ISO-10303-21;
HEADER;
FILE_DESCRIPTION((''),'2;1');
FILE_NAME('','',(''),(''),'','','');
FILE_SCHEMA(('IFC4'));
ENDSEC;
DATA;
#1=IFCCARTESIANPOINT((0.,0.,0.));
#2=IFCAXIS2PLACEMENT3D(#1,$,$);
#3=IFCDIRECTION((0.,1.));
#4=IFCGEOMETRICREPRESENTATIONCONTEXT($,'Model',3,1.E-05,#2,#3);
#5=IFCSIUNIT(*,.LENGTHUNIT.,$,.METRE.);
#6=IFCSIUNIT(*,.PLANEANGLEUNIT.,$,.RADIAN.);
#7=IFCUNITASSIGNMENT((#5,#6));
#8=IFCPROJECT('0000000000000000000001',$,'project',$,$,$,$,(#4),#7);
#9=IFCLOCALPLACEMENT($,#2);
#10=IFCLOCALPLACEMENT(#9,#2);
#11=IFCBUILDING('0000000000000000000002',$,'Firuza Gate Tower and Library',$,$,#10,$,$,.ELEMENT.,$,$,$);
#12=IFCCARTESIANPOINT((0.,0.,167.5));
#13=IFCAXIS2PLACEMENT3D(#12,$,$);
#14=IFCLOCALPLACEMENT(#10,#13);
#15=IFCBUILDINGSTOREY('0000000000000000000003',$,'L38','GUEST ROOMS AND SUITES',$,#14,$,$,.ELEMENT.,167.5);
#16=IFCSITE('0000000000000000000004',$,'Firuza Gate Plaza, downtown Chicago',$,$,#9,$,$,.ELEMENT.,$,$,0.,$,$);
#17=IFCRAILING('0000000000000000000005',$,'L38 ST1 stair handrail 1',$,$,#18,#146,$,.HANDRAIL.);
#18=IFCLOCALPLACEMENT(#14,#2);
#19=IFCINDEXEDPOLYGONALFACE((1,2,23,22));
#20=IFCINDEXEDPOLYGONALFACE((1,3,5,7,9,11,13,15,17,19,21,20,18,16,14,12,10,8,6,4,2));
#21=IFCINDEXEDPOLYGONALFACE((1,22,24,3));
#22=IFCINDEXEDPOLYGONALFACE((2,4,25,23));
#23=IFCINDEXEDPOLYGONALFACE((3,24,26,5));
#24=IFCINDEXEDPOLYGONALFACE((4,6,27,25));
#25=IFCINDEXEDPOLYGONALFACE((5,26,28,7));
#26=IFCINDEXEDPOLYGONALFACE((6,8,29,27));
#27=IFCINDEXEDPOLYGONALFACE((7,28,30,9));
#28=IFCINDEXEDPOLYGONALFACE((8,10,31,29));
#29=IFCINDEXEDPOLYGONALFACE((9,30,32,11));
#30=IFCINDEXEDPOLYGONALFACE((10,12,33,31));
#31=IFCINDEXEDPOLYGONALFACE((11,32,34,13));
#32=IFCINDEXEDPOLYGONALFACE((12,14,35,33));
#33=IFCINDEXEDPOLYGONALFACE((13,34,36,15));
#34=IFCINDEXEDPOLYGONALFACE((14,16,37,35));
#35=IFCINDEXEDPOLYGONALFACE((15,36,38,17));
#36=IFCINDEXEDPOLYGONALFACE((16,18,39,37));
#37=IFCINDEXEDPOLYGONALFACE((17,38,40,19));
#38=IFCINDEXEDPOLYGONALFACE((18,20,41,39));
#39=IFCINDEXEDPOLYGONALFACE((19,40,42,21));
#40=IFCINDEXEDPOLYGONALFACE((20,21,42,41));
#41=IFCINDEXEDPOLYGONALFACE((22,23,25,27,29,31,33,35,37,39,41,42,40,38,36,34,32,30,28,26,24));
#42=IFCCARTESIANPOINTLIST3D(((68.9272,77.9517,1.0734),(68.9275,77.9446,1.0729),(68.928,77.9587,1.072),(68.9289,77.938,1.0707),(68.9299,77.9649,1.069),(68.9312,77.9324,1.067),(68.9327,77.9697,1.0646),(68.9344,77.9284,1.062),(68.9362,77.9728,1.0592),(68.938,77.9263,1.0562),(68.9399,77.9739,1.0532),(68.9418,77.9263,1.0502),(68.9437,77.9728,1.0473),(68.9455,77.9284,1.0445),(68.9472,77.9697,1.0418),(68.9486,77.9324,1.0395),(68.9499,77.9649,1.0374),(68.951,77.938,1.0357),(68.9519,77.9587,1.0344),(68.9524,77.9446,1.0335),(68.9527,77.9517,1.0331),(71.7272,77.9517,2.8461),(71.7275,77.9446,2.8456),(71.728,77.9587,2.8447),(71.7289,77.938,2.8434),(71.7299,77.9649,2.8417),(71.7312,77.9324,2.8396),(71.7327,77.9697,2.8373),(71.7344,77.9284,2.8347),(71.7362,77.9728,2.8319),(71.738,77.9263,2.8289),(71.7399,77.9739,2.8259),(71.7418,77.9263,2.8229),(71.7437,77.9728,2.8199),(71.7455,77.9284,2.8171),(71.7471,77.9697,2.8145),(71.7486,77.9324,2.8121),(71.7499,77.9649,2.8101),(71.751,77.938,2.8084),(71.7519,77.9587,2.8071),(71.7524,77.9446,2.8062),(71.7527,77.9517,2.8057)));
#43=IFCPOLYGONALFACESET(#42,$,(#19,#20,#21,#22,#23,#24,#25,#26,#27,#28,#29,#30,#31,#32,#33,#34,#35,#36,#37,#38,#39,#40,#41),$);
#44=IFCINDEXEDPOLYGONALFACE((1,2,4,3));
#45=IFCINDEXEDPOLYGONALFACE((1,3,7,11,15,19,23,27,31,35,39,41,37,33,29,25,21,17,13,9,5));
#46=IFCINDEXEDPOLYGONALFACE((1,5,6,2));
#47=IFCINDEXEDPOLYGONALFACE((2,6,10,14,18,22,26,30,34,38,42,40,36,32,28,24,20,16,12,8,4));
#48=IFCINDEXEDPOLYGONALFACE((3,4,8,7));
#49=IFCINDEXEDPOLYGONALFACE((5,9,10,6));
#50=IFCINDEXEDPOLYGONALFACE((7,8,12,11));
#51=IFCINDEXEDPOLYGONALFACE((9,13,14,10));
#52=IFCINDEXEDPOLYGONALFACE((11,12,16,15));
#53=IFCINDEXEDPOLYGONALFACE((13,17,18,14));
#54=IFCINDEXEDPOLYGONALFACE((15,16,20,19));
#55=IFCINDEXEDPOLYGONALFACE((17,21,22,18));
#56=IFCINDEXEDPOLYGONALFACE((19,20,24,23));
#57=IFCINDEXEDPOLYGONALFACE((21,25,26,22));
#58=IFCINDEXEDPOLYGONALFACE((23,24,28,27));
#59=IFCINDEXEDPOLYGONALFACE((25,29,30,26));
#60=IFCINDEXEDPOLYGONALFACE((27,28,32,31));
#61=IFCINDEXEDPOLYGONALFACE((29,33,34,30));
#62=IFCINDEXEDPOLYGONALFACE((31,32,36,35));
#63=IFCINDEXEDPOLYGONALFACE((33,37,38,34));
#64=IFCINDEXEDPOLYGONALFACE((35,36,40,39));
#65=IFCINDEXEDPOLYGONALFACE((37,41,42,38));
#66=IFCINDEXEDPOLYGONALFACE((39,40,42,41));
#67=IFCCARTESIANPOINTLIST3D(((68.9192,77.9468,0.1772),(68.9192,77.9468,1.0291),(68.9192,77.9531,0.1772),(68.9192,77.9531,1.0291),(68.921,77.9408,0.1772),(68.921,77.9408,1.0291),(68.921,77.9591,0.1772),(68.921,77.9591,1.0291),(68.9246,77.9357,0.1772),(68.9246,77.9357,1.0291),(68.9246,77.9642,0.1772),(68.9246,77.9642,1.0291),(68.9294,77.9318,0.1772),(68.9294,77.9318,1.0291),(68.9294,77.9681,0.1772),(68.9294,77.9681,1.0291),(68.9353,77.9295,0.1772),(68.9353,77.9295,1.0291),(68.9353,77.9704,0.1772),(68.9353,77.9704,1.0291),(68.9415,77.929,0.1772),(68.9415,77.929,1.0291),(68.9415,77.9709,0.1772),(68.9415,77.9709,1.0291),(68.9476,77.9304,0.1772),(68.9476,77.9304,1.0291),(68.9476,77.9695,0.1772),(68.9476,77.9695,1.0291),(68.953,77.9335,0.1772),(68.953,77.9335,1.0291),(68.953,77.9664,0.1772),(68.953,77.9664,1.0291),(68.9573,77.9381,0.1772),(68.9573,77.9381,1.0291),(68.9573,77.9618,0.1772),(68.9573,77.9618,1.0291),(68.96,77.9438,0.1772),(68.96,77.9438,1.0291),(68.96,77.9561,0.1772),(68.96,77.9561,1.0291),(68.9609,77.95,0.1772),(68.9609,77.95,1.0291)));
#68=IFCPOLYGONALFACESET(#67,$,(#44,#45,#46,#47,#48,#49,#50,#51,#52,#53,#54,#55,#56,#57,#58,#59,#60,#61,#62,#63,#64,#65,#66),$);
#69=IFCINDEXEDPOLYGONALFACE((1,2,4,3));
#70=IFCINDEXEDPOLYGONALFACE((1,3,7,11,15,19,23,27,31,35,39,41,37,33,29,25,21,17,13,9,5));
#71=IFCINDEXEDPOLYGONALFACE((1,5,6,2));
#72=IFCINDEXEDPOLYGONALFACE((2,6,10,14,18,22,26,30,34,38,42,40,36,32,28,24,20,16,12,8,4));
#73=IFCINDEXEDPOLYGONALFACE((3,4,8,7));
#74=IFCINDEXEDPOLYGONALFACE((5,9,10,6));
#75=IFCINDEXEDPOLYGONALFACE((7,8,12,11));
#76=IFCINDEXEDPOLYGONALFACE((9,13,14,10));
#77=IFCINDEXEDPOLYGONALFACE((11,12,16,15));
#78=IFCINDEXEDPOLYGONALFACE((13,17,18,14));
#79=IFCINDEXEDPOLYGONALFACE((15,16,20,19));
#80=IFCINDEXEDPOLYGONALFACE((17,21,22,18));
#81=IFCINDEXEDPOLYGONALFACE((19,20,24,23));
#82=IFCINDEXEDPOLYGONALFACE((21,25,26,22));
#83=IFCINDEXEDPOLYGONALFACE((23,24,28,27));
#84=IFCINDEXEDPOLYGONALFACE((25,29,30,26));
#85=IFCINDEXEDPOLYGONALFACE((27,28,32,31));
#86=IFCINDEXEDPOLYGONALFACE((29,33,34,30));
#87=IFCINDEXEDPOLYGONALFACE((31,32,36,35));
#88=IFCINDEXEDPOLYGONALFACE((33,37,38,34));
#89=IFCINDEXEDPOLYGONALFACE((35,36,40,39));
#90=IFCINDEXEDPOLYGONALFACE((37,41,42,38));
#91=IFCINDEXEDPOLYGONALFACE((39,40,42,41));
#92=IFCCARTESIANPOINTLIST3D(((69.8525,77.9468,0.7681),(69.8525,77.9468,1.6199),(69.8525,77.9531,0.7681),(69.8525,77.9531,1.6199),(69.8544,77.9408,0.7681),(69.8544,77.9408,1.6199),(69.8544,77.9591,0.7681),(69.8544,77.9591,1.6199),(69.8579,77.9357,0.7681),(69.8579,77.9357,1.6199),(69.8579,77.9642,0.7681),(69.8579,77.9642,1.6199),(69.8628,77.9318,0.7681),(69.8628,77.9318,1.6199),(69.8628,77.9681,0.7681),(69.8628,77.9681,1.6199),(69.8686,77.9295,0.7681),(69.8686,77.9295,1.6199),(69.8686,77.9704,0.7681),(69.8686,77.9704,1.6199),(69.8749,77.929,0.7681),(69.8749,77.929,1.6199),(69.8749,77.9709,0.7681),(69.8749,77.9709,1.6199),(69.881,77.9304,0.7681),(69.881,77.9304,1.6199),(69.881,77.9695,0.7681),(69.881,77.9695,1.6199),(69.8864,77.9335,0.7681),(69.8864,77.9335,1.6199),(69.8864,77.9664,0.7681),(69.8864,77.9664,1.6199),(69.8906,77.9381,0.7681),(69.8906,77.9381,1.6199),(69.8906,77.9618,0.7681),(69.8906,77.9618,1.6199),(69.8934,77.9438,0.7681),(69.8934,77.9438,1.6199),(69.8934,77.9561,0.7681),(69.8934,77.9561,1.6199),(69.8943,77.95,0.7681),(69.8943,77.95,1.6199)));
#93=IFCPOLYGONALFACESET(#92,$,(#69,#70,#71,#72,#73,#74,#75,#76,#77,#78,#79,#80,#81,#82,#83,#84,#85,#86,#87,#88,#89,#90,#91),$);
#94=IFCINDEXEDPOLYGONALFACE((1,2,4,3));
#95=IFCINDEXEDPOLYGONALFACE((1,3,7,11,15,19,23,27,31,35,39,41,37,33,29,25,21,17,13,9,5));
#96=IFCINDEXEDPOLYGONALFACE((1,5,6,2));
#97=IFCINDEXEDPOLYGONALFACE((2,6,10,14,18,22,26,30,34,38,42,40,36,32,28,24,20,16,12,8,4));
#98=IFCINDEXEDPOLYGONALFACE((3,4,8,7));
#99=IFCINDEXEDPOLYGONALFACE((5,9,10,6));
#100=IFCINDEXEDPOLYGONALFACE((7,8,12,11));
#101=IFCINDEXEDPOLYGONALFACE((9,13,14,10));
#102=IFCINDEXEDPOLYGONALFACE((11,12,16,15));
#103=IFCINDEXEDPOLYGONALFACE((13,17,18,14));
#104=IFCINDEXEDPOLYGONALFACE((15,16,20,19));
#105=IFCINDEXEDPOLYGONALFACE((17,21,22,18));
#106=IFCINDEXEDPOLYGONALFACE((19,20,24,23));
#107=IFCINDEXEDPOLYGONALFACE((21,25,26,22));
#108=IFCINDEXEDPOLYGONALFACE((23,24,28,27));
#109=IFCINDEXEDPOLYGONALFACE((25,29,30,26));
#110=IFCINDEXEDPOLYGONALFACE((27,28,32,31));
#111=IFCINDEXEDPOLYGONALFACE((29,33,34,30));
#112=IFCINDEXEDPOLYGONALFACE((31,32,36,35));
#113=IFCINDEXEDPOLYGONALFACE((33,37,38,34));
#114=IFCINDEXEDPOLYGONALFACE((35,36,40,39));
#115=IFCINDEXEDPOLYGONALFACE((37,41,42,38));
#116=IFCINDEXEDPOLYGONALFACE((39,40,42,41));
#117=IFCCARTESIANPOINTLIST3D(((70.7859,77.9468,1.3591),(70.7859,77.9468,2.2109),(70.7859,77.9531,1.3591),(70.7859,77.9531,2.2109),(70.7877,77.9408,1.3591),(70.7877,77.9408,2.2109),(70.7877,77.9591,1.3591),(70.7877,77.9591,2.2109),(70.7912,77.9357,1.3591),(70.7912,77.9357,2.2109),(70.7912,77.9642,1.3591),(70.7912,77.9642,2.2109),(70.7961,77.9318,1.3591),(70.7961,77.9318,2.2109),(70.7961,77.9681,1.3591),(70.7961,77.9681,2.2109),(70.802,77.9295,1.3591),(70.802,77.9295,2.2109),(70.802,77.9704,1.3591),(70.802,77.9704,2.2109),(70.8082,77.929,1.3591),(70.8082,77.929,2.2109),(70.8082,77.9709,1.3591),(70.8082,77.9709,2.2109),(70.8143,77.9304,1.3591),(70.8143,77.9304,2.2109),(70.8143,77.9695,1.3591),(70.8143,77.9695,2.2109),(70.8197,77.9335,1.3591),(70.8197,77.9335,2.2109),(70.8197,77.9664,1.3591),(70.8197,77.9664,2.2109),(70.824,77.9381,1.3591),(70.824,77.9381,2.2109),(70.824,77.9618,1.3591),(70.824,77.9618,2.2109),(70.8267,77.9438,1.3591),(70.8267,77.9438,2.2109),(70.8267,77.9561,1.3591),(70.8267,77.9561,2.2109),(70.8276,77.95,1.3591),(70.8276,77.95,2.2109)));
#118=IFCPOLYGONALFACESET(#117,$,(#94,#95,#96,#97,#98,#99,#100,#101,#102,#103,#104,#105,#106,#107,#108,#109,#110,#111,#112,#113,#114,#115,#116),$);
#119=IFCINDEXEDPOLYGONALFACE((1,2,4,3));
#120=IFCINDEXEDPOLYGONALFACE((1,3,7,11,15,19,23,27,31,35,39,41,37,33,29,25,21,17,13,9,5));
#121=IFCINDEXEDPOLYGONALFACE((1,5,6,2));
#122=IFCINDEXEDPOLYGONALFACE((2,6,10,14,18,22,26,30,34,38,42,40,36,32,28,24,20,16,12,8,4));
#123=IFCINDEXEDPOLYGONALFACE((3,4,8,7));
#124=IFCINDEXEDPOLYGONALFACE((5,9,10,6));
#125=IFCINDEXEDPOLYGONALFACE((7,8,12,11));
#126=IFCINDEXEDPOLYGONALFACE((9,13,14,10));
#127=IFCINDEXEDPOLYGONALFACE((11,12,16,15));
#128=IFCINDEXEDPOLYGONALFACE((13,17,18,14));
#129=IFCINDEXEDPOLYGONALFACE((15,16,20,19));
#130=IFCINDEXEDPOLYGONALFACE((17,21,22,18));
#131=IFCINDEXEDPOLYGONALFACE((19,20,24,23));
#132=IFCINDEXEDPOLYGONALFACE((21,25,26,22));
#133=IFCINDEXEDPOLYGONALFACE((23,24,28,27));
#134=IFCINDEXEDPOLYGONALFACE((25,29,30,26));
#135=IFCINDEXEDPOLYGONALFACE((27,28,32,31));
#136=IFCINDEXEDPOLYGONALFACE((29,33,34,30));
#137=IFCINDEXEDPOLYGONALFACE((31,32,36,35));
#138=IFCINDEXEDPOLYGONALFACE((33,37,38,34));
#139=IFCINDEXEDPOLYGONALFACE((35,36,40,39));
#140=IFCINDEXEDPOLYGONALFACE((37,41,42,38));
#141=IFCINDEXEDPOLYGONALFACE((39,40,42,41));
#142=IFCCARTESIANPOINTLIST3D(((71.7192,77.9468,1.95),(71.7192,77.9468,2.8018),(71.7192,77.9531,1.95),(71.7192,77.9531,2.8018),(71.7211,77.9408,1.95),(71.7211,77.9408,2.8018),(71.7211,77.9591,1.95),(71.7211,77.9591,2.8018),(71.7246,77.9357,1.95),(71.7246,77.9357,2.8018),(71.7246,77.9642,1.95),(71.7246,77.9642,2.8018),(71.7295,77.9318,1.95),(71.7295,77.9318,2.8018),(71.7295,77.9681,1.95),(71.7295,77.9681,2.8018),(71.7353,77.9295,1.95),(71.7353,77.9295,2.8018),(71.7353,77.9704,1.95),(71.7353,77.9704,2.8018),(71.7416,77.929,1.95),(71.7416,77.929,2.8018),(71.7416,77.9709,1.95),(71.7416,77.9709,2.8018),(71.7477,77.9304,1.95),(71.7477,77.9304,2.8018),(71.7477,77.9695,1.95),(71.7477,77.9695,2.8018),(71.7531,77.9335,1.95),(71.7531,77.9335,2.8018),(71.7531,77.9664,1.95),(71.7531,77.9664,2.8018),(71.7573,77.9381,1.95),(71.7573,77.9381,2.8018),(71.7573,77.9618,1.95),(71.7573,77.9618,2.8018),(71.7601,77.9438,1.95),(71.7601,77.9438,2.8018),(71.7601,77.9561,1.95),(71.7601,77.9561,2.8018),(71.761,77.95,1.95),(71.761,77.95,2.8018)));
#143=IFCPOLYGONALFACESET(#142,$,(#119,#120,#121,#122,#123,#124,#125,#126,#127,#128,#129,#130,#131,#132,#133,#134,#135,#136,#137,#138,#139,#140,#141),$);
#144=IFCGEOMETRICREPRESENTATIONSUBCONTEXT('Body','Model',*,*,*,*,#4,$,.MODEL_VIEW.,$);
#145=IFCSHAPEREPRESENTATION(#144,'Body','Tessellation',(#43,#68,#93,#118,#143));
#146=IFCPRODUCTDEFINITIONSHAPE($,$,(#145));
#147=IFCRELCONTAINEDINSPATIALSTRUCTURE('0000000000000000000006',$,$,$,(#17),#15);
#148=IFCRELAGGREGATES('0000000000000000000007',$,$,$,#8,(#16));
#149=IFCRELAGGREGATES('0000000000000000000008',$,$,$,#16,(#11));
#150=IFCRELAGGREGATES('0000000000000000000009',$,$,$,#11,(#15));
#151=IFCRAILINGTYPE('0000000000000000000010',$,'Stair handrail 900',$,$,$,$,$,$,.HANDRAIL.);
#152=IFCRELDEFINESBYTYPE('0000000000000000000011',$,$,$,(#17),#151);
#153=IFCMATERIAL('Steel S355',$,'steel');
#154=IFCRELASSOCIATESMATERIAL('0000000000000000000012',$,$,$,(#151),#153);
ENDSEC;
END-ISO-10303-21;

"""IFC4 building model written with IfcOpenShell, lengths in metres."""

from ifc_helpers import new_model, si_unit, direction, frame, origin, origin_2d, place, context, subcontext, project, spatial, circle, extrude, material, type_object, element, save


model = new_model("IFC4")

# Units and contexts
model_context = context("Model", 3, precision=1e-05, world=origin(), true_north=direction((0.0, 1.0)))
body_context = subcontext(model_context, "Body", "Model", "MODEL_VIEW")
ifc_project = project(units=[si_unit("LENGTHUNIT", "METRE"), si_unit("PLANEANGLEUNIT", "RADIAN")], contexts=[model_context])

# Site, building, storey
site_placement = place(None, origin())
site = spatial("IfcSite", under=ifc_project, at=site_placement, Name="Firuza Gate Plaza, downtown Chicago", CompositionType="ELEMENT", RefElevation=0.0)
building_placement = place(site_placement, origin())
building = spatial("IfcBuilding", under=site, at=building_placement, Name="Firuza Gate Tower and Library", CompositionType="ELEMENT")
storey_placement = place(building_placement, frame((0.0, 0.0, 167.5)))
storey = spatial("IfcBuildingStorey", under=building, at=storey_placement, Name="L38", Description="GUEST ROOMS AND SUITES", CompositionType="ELEMENT", Elevation=167.5)

# Railing
ifc_material_1 = material(Name="Steel S355", Category="steel")
railing_type_1 = type_object("IfcRailingType", Name="Stair handrail 900", PredefinedType="HANDRAIL", material=ifc_material_1)
railing_1_placement = place(storey_placement, frame((68.9399, 77.95, 0.1772)))
element("IfcRailing", 1, at=railing_1_placement, inside=storey, type_object=railing_type_1, Name="L38 ST1 stair handrail 1", PredefinedType="HANDRAIL", context=body_context, shape_type="SweptSolid", body=[
    extrude(circle(Radius=0.0239, at=origin_2d()), frame((0.0, 0.0, 0.876), z_axis=(0.844909, 0.0, 0.53491), x_axis=(0.0, 1.0, 0.0)), (0.0, 0.0, 1.0), 3.314),
    extrude(circle(Radius=0.021, at=origin_2d()), origin(), (0.0, 0.0, 1.0), 0.8518),
    extrude(circle(Radius=0.021, at=origin_2d()), frame((0.9333, 0.0, 0.5908)), (0.0, 0.0, 1.0), 0.8518),
    extrude(circle(Radius=0.021, at=origin_2d()), frame((1.8667, 0.0, 1.1819)), (0.0, 0.0, 1.0), 0.8518),
    extrude(circle(Radius=0.021, at=origin_2d()), frame((2.8, 0.0, 1.7727)), (0.0, 0.0, 1.0), 0.8518),
])

save(model, "model.ifc")
